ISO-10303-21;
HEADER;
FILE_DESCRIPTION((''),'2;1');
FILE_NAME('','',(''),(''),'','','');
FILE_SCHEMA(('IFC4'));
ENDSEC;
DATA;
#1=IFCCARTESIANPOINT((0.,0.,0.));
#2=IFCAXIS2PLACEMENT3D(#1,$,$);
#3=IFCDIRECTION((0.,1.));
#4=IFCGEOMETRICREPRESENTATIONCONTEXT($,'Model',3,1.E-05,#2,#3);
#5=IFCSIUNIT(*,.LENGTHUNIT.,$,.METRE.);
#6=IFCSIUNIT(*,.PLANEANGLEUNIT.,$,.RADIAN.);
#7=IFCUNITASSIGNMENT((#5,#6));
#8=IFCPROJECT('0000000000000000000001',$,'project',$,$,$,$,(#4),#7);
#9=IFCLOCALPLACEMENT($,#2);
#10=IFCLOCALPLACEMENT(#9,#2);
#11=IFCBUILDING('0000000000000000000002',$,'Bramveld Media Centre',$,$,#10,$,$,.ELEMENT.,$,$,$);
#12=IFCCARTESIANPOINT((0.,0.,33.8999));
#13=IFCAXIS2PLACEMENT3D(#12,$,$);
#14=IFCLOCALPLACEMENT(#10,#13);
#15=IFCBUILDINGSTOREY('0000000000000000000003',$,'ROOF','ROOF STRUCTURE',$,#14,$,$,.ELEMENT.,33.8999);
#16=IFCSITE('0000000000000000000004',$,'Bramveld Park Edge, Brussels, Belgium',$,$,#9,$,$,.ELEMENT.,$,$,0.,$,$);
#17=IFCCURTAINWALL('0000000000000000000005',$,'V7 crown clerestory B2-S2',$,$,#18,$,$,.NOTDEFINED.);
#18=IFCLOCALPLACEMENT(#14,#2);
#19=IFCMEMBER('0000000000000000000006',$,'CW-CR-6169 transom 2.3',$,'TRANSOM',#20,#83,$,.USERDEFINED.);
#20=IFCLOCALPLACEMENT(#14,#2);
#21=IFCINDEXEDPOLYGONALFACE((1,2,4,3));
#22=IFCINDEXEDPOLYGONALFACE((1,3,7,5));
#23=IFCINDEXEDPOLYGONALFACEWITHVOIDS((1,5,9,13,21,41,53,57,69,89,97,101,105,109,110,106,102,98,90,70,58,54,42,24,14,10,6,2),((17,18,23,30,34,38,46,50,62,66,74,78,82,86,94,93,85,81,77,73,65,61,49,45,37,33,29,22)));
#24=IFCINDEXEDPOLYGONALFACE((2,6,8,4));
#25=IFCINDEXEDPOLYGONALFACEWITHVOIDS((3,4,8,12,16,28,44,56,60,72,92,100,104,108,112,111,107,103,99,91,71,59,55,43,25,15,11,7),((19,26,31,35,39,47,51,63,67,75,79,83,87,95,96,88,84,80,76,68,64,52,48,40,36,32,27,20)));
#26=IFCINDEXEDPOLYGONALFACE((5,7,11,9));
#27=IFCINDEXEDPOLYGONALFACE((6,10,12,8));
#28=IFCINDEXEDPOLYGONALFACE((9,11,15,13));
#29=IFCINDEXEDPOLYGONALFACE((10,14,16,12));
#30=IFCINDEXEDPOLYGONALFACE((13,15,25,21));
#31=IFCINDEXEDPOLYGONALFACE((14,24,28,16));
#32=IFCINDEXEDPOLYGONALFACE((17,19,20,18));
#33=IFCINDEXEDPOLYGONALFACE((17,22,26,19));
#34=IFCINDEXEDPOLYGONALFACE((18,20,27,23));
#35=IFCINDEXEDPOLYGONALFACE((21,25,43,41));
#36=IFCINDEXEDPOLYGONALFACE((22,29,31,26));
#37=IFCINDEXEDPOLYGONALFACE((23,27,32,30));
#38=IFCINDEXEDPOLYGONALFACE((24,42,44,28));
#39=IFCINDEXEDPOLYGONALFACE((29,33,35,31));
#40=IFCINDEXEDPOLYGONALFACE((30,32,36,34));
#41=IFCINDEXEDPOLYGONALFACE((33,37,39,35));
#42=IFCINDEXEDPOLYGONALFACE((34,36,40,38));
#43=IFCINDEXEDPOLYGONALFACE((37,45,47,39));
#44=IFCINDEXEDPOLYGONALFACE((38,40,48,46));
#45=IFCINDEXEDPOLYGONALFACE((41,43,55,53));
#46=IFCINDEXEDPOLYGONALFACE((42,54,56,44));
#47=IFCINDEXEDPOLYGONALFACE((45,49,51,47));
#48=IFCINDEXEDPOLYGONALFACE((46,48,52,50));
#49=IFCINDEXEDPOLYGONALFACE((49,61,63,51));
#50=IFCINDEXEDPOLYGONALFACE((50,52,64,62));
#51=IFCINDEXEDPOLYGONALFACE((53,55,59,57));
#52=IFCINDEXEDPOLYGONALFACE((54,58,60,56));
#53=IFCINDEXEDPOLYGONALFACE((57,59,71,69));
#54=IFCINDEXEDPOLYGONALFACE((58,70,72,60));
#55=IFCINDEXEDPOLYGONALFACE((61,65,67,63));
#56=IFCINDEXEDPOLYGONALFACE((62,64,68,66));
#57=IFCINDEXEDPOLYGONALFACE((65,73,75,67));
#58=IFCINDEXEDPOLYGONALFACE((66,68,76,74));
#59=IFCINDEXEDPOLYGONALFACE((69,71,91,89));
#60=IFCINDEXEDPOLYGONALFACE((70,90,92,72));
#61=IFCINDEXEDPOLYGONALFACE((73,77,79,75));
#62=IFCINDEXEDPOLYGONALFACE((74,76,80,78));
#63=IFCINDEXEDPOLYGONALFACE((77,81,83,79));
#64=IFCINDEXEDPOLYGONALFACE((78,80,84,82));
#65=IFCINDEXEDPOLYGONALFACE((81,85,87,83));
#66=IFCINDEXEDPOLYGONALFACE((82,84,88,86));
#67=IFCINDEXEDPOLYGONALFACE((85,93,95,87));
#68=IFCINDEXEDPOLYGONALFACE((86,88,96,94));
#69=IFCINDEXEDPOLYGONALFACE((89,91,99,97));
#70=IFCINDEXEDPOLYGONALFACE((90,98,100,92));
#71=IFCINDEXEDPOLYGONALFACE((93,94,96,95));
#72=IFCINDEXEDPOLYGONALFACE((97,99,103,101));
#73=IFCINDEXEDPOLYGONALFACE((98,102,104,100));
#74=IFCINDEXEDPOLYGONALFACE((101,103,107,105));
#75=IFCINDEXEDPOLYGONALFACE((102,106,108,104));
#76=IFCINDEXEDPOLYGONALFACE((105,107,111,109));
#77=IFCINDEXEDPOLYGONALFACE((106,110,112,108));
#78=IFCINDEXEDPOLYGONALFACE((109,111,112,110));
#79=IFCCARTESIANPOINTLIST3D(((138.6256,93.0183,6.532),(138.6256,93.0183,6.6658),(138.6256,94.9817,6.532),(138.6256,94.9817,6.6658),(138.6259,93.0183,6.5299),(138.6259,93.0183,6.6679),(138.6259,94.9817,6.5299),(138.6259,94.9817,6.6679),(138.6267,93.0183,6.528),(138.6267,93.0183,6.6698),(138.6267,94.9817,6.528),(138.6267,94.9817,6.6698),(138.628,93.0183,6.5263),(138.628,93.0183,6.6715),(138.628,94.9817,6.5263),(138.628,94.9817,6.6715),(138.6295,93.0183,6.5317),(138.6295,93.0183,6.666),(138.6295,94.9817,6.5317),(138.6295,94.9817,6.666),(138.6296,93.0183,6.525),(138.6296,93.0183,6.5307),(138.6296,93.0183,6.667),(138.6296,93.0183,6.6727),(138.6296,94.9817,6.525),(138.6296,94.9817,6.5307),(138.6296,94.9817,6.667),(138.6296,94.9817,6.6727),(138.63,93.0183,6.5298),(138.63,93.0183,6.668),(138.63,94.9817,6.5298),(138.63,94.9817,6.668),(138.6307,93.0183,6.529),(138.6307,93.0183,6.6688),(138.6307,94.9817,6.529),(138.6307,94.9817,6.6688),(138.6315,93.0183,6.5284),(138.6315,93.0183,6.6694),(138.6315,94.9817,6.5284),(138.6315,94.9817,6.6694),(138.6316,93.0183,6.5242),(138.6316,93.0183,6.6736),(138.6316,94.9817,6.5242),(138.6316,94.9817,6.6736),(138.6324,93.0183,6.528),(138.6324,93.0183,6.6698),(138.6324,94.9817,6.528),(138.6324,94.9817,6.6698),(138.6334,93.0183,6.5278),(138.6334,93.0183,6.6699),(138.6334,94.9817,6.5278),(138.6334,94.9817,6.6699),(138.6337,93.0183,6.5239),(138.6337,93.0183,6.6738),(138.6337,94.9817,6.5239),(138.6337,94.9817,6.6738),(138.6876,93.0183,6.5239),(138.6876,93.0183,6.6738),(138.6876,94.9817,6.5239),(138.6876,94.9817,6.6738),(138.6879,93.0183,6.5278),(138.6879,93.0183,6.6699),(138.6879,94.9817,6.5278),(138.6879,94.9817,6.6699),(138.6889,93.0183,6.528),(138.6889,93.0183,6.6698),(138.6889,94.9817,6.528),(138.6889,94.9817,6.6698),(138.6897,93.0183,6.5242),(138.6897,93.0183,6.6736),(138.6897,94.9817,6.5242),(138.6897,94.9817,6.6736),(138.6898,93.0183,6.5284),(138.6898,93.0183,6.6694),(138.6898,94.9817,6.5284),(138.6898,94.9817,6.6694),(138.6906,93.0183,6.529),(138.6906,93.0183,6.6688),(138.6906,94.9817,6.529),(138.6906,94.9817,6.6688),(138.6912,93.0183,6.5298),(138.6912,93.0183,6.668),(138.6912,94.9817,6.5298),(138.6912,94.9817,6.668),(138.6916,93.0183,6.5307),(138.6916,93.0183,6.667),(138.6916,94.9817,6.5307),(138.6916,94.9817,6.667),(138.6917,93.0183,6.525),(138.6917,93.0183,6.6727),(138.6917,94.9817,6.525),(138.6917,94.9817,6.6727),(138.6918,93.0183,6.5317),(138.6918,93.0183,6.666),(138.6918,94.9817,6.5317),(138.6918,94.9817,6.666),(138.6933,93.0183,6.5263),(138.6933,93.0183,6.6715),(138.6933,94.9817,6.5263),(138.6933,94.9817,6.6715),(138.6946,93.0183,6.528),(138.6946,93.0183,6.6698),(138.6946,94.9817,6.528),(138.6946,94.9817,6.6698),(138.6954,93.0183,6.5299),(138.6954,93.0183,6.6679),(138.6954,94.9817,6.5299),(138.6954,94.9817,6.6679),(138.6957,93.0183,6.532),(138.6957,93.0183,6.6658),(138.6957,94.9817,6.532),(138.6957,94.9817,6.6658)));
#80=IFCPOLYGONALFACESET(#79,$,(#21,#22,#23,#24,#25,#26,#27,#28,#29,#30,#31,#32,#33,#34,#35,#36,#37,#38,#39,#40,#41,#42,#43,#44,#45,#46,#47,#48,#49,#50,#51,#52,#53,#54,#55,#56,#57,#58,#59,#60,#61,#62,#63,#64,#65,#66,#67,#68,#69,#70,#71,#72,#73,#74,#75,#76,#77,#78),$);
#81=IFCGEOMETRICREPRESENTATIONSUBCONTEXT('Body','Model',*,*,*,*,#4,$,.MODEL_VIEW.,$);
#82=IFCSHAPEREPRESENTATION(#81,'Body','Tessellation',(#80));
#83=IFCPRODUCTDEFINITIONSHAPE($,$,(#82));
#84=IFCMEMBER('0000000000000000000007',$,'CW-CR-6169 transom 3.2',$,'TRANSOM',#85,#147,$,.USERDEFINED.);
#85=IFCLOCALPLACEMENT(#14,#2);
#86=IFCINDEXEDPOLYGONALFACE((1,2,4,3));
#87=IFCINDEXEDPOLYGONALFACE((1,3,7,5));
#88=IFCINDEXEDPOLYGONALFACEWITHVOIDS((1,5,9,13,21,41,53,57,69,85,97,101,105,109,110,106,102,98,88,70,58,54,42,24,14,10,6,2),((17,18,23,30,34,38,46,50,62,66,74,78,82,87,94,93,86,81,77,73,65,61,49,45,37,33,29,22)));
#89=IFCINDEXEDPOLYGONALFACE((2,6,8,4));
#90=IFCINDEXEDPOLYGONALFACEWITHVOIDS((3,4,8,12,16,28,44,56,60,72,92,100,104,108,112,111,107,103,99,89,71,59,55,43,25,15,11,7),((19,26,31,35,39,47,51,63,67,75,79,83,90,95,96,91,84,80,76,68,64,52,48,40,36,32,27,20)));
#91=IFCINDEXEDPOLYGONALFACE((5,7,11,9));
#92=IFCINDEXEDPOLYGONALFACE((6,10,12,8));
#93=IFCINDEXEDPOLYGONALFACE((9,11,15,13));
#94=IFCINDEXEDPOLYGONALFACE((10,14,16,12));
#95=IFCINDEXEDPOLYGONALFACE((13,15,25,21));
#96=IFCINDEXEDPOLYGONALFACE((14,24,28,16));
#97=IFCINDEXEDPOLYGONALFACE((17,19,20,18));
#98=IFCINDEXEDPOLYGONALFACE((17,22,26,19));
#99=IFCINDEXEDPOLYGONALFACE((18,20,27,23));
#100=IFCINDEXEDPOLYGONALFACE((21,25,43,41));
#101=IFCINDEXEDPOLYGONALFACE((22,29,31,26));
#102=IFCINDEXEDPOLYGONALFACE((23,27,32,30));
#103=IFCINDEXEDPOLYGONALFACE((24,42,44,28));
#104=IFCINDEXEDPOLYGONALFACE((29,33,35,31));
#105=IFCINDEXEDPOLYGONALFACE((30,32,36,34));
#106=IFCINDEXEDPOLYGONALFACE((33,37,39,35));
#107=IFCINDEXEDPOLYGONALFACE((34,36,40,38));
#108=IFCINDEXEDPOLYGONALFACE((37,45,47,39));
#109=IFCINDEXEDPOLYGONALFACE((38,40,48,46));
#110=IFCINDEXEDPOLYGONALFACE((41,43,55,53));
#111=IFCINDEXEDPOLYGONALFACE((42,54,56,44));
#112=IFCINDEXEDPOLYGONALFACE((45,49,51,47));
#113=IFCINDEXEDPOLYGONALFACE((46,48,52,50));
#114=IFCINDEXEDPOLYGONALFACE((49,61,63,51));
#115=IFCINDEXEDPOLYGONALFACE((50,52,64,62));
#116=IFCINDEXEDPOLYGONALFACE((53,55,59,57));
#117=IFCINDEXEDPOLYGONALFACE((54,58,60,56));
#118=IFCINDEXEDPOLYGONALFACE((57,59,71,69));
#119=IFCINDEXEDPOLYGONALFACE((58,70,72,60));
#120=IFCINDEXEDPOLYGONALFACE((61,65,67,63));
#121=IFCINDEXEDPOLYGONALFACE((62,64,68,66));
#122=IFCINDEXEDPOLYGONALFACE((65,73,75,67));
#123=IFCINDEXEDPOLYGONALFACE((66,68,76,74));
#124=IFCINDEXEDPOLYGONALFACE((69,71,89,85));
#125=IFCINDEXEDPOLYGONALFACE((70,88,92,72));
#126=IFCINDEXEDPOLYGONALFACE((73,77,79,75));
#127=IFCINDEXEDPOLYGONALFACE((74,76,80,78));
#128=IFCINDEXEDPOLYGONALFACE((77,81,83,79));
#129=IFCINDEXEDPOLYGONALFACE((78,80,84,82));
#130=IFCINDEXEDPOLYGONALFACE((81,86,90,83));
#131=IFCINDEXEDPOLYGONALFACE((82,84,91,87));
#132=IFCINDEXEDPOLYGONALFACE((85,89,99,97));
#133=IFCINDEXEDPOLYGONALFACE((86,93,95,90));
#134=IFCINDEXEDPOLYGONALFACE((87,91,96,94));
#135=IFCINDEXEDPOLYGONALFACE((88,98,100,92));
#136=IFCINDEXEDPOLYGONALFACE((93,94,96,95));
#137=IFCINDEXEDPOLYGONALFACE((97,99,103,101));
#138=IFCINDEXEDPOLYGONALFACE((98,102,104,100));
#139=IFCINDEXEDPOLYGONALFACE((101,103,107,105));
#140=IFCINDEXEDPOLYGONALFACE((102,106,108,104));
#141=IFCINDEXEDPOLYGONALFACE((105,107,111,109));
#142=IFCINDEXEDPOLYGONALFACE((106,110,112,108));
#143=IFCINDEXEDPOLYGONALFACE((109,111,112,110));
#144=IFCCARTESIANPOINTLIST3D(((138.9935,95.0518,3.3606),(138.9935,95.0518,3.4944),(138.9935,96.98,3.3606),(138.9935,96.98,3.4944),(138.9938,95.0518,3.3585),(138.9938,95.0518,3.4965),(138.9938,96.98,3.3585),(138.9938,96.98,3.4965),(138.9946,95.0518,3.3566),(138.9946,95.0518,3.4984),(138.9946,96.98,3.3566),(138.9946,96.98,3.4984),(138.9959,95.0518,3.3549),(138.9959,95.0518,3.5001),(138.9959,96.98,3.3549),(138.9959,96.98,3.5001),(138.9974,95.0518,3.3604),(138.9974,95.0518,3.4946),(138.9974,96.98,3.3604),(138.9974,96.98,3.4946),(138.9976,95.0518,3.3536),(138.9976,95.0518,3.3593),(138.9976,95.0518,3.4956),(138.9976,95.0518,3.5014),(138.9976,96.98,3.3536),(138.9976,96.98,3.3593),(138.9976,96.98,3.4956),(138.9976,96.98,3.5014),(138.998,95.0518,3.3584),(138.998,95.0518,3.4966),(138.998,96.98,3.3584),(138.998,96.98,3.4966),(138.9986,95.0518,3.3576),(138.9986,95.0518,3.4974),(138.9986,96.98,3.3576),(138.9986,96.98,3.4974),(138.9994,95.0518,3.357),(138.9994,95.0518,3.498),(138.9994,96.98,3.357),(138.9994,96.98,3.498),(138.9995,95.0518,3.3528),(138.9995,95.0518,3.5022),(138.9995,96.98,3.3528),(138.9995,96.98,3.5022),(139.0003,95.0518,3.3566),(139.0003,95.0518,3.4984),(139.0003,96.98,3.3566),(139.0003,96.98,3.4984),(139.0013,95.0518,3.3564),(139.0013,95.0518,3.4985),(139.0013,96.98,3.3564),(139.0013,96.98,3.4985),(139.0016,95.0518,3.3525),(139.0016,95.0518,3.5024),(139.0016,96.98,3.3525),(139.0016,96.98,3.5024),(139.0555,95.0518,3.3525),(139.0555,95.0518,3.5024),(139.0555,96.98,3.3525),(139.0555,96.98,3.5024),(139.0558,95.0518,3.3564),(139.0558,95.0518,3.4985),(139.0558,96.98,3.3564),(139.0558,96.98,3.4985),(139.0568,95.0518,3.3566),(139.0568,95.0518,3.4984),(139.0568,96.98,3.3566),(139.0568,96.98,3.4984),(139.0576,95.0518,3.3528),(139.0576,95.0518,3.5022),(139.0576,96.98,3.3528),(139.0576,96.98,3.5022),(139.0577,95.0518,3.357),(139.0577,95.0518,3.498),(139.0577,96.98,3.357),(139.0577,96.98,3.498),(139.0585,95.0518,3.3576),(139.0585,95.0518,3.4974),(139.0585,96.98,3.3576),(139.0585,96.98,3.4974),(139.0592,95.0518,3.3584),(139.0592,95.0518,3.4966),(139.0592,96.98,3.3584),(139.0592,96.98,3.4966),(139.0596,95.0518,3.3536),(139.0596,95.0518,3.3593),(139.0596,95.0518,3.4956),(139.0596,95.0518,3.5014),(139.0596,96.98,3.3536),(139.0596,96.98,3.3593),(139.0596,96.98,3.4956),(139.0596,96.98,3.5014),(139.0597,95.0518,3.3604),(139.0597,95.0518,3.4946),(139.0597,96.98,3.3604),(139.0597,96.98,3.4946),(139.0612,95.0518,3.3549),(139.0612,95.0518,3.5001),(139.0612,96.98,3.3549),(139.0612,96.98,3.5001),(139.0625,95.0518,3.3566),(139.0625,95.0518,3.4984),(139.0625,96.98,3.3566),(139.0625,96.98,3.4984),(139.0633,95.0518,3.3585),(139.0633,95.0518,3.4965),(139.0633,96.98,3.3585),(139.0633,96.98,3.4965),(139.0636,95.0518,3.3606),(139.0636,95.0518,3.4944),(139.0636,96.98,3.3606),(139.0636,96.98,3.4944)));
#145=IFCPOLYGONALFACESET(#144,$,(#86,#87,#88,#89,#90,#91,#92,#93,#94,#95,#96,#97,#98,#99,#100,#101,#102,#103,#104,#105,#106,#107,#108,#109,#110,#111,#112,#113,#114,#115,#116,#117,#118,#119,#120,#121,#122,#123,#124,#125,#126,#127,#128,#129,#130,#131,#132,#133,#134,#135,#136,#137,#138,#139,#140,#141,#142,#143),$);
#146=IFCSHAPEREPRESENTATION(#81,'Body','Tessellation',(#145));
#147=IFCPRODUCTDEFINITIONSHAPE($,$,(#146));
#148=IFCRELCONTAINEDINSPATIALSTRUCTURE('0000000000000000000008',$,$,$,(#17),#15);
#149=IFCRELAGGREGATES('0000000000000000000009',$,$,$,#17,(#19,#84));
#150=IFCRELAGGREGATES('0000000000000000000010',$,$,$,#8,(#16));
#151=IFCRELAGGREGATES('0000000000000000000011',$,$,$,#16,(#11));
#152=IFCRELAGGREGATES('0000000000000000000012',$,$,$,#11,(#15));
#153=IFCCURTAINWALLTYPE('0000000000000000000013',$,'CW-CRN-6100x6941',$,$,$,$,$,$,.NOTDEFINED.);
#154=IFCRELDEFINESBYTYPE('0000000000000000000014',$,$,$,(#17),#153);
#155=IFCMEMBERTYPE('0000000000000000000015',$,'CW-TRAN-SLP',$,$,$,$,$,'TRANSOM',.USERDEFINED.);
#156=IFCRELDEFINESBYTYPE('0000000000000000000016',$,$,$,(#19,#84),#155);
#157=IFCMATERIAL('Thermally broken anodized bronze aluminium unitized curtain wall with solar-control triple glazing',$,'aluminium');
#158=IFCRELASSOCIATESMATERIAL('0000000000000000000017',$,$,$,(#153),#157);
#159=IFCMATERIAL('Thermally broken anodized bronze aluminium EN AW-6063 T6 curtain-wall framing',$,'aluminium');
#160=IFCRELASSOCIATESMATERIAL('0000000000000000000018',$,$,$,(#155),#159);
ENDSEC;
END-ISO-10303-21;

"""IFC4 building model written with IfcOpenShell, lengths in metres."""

from ifc_helpers import new_model, si_unit, direction, frame, origin, origin_2d, place, context, subcontext, project, spatial, hollow_rectangle, extrude, material, material_profile, profile_set, type_object, element, aggregate, save


model = new_model("IFC4")

# Units and contexts
model_context = context("Model", 3, precision=1e-05, world=origin(), true_north=direction((0.0, 1.0)))
body_context = subcontext(model_context, "Body", "Model", "MODEL_VIEW")
ifc_project = project(units=[si_unit("LENGTHUNIT", "METRE"), si_unit("PLANEANGLEUNIT", "RADIAN")], contexts=[model_context])

# Site, building, storey
site_placement = place(None, origin())
site = spatial("IfcSite", under=ifc_project, at=site_placement, Name="Bramveld Park Edge, Brussels, Belgium", CompositionType="ELEMENT", RefElevation=0.0)
building_placement = place(site_placement, origin())
building = spatial("IfcBuilding", under=site, at=building_placement, Name="Bramveld Media Centre", CompositionType="ELEMENT")
storey_placement = place(building_placement, frame((0.0, 0.0, 33.8999)))
storey = spatial("IfcBuildingStorey", under=building, at=storey_placement, Name="ROOF", Description="ROOF STRUCTURE", CompositionType="ELEMENT", Elevation=33.8999)

# Curtain wall, members
ifc_material_1 = material(Name="Thermally broken anodized bronze aluminium unitized curtain wall with solar-control triple glazing", Category="aluminium")
curtain_wall_type = type_object("IfcCurtainWallType", Name="CW-CRN-6100x6941", PredefinedType="NOTDEFINED", material=ifc_material_1)
ifc_material_2 = material(Name="Thermally broken anodized bronze aluminium EN AW-6063 T6 curtain-wall framing", Category="aluminium")
ifc_material_profile_1 = material_profile(ifc_material_2, hollow_rectangle(XDim=0.0701, YDim=0.1499, WallThickness=0.0039, InnerFilletRadius=0.0039, OuterFilletRadius=0.0081, at=origin_2d()), Name="AL-TRAN 70x150")
ifc_profile_set_1 = profile_set([ifc_material_profile_1], Name="Thermally broken anodized bronze aluminium EN AW-6063 T6 curtain-wall framing")
member_type_1 = type_object("IfcMemberType", Name="CW-TRAN-SLP", ElementType="TRANSOM", PredefinedType="USERDEFINED", material=ifc_profile_set_1)
curtain_wall_1_placement = place(storey_placement, origin())
curtain_wall_1 = element("IfcCurtainWall", 1, at=curtain_wall_1_placement, inside=storey, type_object=curtain_wall_type, Name="V7 crown clerestory B2-S2", PredefinedType="NOTDEFINED")
member_1_placement = place(storey_placement, frame((138.6606, 93.0183, 6.5989), z_axis=(0.0, 1.0, 0.0), x_axis=(-1.0, 0.0, 0.0)))
member_1 = element("IfcMember", 2, at=member_1_placement, type_object=member_type_1, Name="CW-CR-6169 transom 2.3", ObjectType="TRANSOM", PredefinedType="USERDEFINED", context=body_context, shape_type="SweptSolid", body=[
    extrude(hollow_rectangle(XDim=0.0701, YDim=0.1499, WallThickness=0.0039, InnerFilletRadius=0.0039, OuterFilletRadius=0.0081, at=origin_2d()), origin(), (0.0, 0.0, 1.0), 1.9634),
])
member_2_placement = place(storey_placement, frame((139.0286, 95.0518, 3.4275), z_axis=(0.0, 1.0, 0.0), x_axis=(-1.0, 0.0, 0.0)))
member_2 = element("IfcMember", 3, at=member_2_placement, type_object=member_type_1, Name="CW-CR-6169 transom 3.2", ObjectType="TRANSOM", PredefinedType="USERDEFINED", context=body_context, shape_type="SweptSolid", body=[
    extrude(hollow_rectangle(XDim=0.0701, YDim=0.1499, WallThickness=0.0039, InnerFilletRadius=0.0039, OuterFilletRadius=0.0081, at=origin_2d()), origin(), (0.0, 0.0, 1.0), 1.9282),
])

aggregate(curtain_wall_1, [member_1, member_2])

save(model, "model.ifc")
